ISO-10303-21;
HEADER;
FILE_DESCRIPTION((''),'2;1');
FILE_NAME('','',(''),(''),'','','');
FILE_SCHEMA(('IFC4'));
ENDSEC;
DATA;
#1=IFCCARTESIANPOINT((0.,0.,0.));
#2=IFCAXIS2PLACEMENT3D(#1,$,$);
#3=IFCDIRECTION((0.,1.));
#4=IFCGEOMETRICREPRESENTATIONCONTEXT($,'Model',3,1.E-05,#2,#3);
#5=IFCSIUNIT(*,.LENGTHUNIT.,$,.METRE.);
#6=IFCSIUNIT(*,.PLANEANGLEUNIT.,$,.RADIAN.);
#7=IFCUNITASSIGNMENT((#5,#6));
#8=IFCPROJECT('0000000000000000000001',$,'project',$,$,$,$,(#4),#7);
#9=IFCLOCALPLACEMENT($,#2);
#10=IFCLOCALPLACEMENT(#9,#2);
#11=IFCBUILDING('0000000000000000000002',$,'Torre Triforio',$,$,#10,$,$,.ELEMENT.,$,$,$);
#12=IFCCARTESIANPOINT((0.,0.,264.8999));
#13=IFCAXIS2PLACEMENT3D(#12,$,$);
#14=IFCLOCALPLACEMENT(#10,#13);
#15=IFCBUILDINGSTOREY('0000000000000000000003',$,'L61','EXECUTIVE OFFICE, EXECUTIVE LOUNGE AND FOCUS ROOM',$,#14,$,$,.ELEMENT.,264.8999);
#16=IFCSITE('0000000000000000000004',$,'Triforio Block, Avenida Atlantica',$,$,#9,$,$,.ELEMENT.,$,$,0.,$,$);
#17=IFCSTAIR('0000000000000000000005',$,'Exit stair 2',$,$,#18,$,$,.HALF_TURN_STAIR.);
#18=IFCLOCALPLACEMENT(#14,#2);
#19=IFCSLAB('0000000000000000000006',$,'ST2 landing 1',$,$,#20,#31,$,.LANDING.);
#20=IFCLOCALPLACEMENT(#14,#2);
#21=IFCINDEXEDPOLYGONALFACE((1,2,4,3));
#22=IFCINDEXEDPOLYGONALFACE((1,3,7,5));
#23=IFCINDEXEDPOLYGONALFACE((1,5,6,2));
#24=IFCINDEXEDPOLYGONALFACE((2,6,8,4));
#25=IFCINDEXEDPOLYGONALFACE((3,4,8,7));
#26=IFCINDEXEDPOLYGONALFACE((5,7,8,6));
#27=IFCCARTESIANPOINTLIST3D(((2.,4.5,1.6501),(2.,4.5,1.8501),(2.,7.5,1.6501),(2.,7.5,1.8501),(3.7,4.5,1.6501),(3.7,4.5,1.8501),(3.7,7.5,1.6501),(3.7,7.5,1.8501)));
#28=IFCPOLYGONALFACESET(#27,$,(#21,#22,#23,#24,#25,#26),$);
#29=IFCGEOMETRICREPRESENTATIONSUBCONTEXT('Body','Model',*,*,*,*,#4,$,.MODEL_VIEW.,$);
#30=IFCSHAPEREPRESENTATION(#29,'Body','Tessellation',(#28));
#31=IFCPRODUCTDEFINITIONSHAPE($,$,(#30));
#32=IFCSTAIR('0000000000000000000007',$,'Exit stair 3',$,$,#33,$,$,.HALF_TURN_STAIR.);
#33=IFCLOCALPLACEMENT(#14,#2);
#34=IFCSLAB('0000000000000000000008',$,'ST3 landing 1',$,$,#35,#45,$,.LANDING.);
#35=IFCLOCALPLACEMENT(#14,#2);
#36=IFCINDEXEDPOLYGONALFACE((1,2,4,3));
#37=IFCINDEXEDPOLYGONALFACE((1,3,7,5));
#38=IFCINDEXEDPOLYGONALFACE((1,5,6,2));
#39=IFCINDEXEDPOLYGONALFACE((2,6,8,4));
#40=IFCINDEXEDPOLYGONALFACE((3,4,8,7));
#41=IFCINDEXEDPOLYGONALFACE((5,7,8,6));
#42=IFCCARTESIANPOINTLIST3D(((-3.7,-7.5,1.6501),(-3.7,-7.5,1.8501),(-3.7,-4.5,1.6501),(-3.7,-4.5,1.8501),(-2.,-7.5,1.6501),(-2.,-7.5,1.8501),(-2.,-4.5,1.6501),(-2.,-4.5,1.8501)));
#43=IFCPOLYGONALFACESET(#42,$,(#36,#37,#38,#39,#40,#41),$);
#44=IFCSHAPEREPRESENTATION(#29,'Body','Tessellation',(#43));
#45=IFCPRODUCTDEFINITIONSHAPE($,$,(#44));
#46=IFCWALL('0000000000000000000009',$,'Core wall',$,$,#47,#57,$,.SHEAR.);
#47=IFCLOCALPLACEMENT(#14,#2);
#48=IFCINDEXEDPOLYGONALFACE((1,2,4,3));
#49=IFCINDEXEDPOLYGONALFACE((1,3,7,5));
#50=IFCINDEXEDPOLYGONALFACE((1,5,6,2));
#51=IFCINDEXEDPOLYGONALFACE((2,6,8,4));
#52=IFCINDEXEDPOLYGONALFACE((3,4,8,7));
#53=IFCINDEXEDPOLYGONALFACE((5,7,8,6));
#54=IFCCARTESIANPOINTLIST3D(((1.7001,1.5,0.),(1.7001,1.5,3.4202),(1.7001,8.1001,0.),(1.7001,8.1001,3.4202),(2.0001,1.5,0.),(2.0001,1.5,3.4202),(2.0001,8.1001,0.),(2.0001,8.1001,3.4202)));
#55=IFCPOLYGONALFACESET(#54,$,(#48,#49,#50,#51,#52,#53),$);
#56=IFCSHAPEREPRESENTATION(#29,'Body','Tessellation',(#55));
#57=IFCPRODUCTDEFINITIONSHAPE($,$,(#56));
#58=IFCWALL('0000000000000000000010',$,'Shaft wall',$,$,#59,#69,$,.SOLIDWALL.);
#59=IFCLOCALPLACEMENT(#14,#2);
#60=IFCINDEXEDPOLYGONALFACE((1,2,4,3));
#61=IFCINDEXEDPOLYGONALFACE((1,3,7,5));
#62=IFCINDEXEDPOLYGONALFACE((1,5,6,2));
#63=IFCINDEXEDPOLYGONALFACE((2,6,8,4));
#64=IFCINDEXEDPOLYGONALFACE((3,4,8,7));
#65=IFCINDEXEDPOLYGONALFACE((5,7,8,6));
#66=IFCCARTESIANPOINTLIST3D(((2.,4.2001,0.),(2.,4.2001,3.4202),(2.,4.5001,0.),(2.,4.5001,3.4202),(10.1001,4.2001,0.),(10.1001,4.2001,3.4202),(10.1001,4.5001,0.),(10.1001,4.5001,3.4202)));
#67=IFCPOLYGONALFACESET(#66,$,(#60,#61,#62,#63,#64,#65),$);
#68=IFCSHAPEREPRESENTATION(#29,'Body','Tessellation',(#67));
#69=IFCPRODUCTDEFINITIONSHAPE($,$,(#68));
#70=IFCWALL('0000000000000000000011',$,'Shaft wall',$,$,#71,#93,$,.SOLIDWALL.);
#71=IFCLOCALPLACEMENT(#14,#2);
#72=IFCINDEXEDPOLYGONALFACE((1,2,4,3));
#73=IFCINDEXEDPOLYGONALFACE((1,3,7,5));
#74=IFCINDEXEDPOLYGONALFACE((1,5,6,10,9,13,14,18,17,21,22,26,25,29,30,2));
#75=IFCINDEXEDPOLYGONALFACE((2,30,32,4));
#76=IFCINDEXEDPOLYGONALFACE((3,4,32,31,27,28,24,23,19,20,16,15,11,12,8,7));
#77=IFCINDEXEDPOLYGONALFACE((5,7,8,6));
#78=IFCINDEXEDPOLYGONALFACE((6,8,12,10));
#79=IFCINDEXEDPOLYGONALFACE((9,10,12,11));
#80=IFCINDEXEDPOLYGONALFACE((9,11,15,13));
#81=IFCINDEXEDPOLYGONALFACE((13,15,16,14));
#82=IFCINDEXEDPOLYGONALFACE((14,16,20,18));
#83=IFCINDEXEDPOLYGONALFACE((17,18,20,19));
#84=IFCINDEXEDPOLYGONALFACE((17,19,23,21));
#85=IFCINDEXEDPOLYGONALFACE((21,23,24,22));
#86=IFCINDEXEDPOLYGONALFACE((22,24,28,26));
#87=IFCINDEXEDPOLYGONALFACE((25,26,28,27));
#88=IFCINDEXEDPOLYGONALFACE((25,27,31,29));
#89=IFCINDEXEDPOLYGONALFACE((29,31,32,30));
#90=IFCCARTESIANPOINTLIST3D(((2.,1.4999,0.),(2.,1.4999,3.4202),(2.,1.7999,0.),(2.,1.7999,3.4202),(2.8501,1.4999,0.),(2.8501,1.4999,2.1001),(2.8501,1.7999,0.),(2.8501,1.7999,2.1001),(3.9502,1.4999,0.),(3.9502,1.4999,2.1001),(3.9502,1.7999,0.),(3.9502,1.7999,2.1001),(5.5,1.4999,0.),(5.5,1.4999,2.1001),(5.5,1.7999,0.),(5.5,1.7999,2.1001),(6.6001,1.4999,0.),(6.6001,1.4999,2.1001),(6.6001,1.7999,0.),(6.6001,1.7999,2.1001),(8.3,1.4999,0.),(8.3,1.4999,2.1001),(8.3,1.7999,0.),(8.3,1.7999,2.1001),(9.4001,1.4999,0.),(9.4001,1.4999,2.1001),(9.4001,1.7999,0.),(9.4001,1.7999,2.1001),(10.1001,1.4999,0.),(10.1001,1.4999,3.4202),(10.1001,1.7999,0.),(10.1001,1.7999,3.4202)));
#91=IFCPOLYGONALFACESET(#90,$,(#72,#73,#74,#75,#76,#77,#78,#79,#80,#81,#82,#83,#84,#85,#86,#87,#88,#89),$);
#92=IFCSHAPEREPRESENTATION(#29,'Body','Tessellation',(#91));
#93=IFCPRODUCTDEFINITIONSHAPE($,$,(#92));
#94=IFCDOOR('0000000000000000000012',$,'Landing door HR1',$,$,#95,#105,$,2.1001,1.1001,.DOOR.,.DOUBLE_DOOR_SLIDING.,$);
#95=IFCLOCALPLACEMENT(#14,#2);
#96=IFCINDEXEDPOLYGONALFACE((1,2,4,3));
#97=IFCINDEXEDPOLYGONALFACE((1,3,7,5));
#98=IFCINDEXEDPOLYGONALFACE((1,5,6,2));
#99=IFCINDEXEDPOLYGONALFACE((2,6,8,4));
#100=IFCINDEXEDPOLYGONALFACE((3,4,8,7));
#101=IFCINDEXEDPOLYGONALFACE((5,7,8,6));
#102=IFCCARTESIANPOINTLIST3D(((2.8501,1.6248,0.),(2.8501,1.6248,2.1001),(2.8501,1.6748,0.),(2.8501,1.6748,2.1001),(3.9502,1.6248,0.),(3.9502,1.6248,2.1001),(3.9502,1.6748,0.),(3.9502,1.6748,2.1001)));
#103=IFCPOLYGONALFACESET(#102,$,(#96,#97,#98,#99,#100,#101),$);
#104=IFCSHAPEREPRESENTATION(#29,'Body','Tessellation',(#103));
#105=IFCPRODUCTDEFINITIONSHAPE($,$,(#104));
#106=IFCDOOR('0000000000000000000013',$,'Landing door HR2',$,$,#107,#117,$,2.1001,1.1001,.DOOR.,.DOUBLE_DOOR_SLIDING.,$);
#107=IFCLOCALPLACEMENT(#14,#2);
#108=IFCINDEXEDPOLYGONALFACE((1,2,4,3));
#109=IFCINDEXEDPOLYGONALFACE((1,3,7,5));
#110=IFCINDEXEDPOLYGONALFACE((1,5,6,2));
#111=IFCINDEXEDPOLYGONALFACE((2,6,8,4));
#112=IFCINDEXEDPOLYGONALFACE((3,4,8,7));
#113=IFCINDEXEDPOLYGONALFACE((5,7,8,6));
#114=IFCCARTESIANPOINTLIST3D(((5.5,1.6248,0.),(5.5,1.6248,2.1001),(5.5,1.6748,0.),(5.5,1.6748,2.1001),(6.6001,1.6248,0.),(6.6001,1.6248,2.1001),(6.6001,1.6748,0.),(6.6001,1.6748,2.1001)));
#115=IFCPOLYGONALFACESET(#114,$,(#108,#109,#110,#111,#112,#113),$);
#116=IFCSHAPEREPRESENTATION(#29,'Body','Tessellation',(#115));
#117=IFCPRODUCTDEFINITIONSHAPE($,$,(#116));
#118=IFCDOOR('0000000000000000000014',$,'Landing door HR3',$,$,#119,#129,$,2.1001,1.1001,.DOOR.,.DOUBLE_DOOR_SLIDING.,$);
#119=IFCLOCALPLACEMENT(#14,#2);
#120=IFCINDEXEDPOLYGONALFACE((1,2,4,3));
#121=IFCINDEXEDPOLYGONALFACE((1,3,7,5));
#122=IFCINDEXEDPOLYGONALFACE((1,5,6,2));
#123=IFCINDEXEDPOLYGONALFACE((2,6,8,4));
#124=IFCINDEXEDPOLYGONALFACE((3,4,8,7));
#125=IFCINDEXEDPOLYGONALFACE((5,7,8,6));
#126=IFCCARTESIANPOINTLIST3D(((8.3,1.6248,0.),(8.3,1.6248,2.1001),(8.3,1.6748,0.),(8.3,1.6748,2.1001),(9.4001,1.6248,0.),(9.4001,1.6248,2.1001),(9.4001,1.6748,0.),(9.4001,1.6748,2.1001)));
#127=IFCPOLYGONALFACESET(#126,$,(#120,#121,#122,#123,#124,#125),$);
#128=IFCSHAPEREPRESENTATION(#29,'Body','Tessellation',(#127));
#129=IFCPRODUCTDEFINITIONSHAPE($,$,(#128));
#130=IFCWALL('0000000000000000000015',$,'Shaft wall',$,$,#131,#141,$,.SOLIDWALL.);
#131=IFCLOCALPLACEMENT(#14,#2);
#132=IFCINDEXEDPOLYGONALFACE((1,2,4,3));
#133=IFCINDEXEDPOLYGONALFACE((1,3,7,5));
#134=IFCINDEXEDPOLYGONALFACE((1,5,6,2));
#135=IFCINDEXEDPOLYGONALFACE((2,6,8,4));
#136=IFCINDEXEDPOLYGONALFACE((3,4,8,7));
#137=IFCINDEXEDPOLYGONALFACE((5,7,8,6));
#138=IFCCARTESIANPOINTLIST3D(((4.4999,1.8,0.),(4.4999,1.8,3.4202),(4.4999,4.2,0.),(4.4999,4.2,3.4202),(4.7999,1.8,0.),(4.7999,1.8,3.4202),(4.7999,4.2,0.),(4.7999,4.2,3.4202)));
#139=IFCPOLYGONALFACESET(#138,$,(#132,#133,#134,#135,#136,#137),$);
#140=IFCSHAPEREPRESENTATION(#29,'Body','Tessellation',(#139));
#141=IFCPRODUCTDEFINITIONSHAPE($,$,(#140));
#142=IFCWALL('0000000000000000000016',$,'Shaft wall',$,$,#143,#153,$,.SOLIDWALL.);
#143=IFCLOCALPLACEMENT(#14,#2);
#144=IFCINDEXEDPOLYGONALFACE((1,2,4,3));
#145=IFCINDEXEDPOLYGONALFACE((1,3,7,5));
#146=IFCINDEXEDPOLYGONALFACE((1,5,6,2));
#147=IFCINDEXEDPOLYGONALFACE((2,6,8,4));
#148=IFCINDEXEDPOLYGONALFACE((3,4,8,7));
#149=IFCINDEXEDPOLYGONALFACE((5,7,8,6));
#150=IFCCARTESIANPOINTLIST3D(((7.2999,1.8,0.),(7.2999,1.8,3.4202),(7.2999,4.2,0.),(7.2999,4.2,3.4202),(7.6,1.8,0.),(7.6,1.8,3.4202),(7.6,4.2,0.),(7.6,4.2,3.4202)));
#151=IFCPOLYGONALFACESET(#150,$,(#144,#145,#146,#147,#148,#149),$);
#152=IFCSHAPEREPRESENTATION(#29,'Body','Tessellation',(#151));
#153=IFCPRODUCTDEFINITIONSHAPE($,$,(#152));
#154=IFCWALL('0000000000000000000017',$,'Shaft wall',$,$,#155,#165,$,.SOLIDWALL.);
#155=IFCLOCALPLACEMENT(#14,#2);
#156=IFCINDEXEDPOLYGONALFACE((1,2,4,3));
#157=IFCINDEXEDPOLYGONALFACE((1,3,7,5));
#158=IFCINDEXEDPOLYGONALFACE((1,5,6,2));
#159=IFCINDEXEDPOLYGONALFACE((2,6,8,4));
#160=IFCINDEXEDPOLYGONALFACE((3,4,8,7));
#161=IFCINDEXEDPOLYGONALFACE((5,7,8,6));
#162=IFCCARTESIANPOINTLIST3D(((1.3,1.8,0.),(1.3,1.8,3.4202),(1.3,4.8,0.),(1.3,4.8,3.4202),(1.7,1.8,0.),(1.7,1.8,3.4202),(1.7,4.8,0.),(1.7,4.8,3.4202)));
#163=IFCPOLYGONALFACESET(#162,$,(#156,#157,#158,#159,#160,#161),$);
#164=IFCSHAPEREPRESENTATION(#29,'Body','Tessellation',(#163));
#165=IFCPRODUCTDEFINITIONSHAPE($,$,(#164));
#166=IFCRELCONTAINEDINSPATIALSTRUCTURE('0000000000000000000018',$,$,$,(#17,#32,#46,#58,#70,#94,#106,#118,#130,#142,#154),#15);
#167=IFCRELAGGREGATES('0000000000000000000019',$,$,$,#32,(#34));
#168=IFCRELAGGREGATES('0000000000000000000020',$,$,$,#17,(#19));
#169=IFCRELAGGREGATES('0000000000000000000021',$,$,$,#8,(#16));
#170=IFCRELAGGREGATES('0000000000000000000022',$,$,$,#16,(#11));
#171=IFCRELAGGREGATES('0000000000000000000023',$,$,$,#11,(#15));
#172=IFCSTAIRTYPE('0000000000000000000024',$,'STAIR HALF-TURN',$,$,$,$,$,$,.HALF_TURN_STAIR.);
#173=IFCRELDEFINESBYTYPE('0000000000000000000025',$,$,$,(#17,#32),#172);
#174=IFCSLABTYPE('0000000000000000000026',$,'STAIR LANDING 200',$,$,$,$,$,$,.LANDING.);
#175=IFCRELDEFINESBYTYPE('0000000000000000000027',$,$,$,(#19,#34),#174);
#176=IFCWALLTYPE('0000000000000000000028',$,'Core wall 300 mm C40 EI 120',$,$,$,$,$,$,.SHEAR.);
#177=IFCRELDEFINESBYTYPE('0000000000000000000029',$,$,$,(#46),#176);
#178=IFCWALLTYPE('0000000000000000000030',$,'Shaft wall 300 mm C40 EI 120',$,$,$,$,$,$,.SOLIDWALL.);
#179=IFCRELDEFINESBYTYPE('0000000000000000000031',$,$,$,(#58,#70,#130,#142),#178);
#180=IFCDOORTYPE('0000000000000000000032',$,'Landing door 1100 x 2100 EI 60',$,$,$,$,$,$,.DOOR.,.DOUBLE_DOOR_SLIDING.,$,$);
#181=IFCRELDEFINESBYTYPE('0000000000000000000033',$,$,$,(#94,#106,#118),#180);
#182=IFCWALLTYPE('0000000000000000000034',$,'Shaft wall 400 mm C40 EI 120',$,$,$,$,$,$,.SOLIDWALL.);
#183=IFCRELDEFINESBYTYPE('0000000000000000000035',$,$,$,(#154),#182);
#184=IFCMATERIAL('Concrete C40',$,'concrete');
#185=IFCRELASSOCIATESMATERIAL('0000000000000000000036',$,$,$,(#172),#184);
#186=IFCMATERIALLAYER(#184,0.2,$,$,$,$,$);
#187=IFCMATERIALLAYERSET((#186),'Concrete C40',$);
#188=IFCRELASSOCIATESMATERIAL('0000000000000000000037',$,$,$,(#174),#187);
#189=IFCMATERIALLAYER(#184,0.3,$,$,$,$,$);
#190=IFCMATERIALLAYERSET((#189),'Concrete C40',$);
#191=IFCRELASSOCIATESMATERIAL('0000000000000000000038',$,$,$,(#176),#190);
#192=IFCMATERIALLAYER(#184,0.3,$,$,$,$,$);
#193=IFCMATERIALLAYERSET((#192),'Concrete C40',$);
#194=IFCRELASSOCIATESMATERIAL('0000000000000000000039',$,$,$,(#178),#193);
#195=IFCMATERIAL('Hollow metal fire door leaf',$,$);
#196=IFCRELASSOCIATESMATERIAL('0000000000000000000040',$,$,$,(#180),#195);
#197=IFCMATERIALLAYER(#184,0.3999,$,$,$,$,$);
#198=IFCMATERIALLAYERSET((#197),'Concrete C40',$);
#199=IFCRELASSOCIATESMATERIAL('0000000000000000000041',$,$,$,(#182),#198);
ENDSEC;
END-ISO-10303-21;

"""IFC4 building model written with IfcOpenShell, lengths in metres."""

from ifc_helpers import new_model, si_unit, direction, frame, frame_2d, origin, place, context, subcontext, project, spatial, polyline, rectangle, outline, extrude, material, layer, layer_set, type_object, element, fill, aggregate, save


model = new_model("IFC4")

# Units and contexts
model_context = context("Model", 3, precision=1e-05, world=origin(), true_north=direction((0.0, 1.0)))
body_context = subcontext(model_context, "Body", "Model", "MODEL_VIEW")
ifc_project = project(units=[si_unit("LENGTHUNIT", "METRE"), si_unit("PLANEANGLEUNIT", "RADIAN")], contexts=[model_context])

# Site, building, storey
site_placement = place(None, origin())
site = spatial("IfcSite", under=ifc_project, at=site_placement, Name="Triforio Block, Avenida Atlantica", CompositionType="ELEMENT", RefElevation=0.0)
building_placement = place(site_placement, origin())
building = spatial("IfcBuilding", under=site, at=building_placement, Name="Torre Triforio", CompositionType="ELEMENT")
storey_placement = place(building_placement, frame((0.0, 0.0, 264.8999)))
storey = spatial("IfcBuildingStorey", under=building, at=storey_placement, Name="L61", Description="EXECUTIVE OFFICE, EXECUTIVE LOUNGE AND FOCUS ROOM", CompositionType="ELEMENT", Elevation=264.8999)

# Stairs, slabs
ifc_material_1 = material(Name="Concrete C40", Category="concrete")
stair_type = type_object("IfcStairType", Name="STAIR HALF-TURN", PredefinedType="HALF_TURN_STAIR", material=ifc_material_1)
stair_1_placement = place(storey_placement, origin())
stair_1 = element("IfcStair", 1, at=stair_1_placement, inside=storey, type_object=stair_type, Name="Exit stair 2", PredefinedType="HALF_TURN_STAIR")
ifc_layer_1 = layer(ifc_material_1, 0.2)
ifc_layer_set_1 = layer_set([ifc_layer_1], Name="Concrete C40")
slab_type = type_object("IfcSlabType", Name="STAIR LANDING 200", PredefinedType="LANDING", material=ifc_layer_set_1)
slab_1_placement = place(storey_placement, frame((0.0, 0.0, 1.6501)))
slab_1 = element("IfcSlab", 2, at=slab_1_placement, type_object=slab_type, Name="ST2 landing 1", PredefinedType="LANDING", context=body_context, shape_type="SweptSolid", body=[
    extrude(outline(polyline([(3.7, 4.5), (3.7, 7.5), (2.0, 7.5), (2.0, 4.5), (3.7, 4.5)])), origin(), (0.0, 0.0, 1.0), 0.2),
])
stair_2_placement = place(storey_placement, origin())
stair_2 = element("IfcStair", 3, at=stair_2_placement, inside=storey, type_object=stair_type, Name="Exit stair 3", PredefinedType="HALF_TURN_STAIR")
slab_2_placement = place(storey_placement, frame((0.0, 0.0, 1.6501)))
slab_2 = element("IfcSlab", 4, at=slab_2_placement, type_object=slab_type, Name="ST3 landing 1", PredefinedType="LANDING", context=body_context, shape_type="SweptSolid", body=[
    extrude(outline(polyline([(-2.0, -7.5), (-2.0, -4.5), (-3.7, -4.5), (-3.7, -7.5), (-2.0, -7.5)])), origin(), (0.0, 0.0, 1.0), 0.2),
])
aggregate(stair_2, [slab_2])

# Walls
ifc_layer_2 = layer(ifc_material_1, 0.3)
ifc_layer_set_2 = layer_set([ifc_layer_2], Name="Concrete C40")
wall_type_1 = type_object("IfcWallType", Name="Core wall 300 mm C40 EI 120", PredefinedType="SHEAR", material=ifc_layer_set_2)
wall_1_placement = place(storey_placement, frame((1.8501, 1.5, 0.0), z_axis=(0.0, 0.0, 1.0), x_axis=(0.0, 1.0, 0.0)))
element("IfcWall", 5, at=wall_1_placement, inside=storey, type_object=wall_type_1, Name="Core wall", PredefinedType="SHEAR", context=body_context, shape_type="SweptSolid", body=[
    extrude(rectangle(XDim=6.6001, YDim=0.3, at=frame_2d((3.3, 0.0))), origin(), (0.0, 0.0, 1.0), 3.4202),
])
ifc_layer_3 = layer(ifc_material_1, 0.3)
ifc_layer_set_3 = layer_set([ifc_layer_3], Name="Concrete C40")
wall_type_2 = type_object("IfcWallType", Name="Shaft wall 300 mm C40 EI 120", PredefinedType="SOLIDWALL", material=ifc_layer_set_3)
wall_2_placement = place(storey_placement, frame((2.0, 4.3501, 0.0), z_axis=(0.0, 0.0, 1.0), x_axis=(1.0, 0.0, 0.0)))
element("IfcWall", 6, at=wall_2_placement, inside=storey, type_object=wall_type_2, Name="Shaft wall", PredefinedType="SOLIDWALL", context=body_context, shape_type="SweptSolid", body=[
    extrude(rectangle(XDim=8.1001, YDim=0.3, at=frame_2d((4.05, 0.0))), origin(), (0.0, 0.0, 1.0), 3.4202),
])

# Wall, openings, doors
wall_3_placement = place(storey_placement, frame((2.0, 1.6499, 0.0), z_axis=(0.0, 0.0, 1.0), x_axis=(1.0, 0.0, 0.0)))
wall_3 = element("IfcWall", 7, at=wall_3_placement, inside=storey, type_object=wall_type_2, Name="Shaft wall", PredefinedType="SOLIDWALL", context=body_context, shape_type="SweptSolid", body=[
    extrude(rectangle(XDim=8.1001, YDim=0.3, at=frame_2d((4.05, 0.0))), origin(), (0.0, 0.0, 1.0), 3.4202),
])
opening_1_placement = place(wall_3_placement, frame((0.8501, 0.0, 0.0)))
opening_1 = element("IfcOpeningElement", 8, at=opening_1_placement, cuts=wall_3, PredefinedType="OPENING", context=body_context, shape_type="SweptSolid", body=[
    extrude(rectangle(XDim=1.1001, YDim=2.1001, at=frame_2d((0.55, 1.05))), frame((0.0, 0.1599, 0.0), z_axis=(0.0, -1.0, 0.0), x_axis=(1.0, 0.0, 0.0)), (0.0, 0.0, 1.0), 0.3201),
])
opening_2_placement = place(wall_3_placement, frame((3.5, 0.0, 0.0)))
opening_2 = element("IfcOpeningElement", 9, at=opening_2_placement, cuts=wall_3, PredefinedType="OPENING", context=body_context, shape_type="SweptSolid", body=[
    extrude(rectangle(XDim=1.1001, YDim=2.1001, at=frame_2d((0.55, 1.05))), frame((0.0, 0.1599, 0.0), z_axis=(0.0, -1.0, 0.0), x_axis=(1.0, 0.0, 0.0)), (0.0, 0.0, 1.0), 0.3201),
])
opening_3_placement = place(wall_3_placement, frame((6.3, 0.0, 0.0)))
opening_3 = element("IfcOpeningElement", 10, at=opening_3_placement, cuts=wall_3, PredefinedType="OPENING", context=body_context, shape_type="SweptSolid", body=[
    extrude(rectangle(XDim=1.1001, YDim=2.1001, at=frame_2d((0.55, 1.05))), frame((0.0, 0.1599, 0.0), z_axis=(0.0, -1.0, 0.0), x_axis=(1.0, 0.0, 0.0)), (0.0, 0.0, 1.0), 0.3201),
])
ifc_material_2 = material(Name="Hollow metal fire door leaf")
door_type_1 = type_object("IfcDoorType", Name="Landing door 1100 x 2100 EI 60", OperationType="DOUBLE_DOOR_SLIDING", PredefinedType="DOOR", material=ifc_material_2)
door_1_placement = place(opening_1_placement, origin())
door_1 = element("IfcDoor", 11, at=door_1_placement, inside=storey, type_object=door_type_1, Name="Landing door HR1", OperationType="DOUBLE_DOOR_SLIDING", OverallHeight=2.1001, OverallWidth=1.1001, PredefinedType="DOOR", context=body_context, shape_type="SweptSolid", body=[
    extrude(rectangle(XDim=1.1001, YDim=2.1001, at=frame_2d((0.55, 1.05))), frame((0.0, 0.0249, 0.0), z_axis=(0.0, -1.0, 0.0), x_axis=(1.0, 0.0, 0.0)), (0.0, 0.0, 1.0), 0.05),
])
fill(opening_1, door_1)
door_2_placement = place(opening_2_placement, origin())
door_2 = element("IfcDoor", 12, at=door_2_placement, inside=storey, type_object=door_type_1, Name="Landing door HR2", OperationType="DOUBLE_DOOR_SLIDING", OverallHeight=2.1001, OverallWidth=1.1001, PredefinedType="DOOR", context=body_context, shape_type="SweptSolid", body=[
    extrude(rectangle(XDim=1.1001, YDim=2.1001, at=frame_2d((0.55, 1.05))), frame((0.0, 0.0249, 0.0), z_axis=(0.0, -1.0, 0.0), x_axis=(1.0, 0.0, 0.0)), (0.0, 0.0, 1.0), 0.05),
])
fill(opening_2, door_2)
door_3_placement = place(opening_3_placement, origin())
door_3 = element("IfcDoor", 13, at=door_3_placement, inside=storey, type_object=door_type_1, Name="Landing door HR3", OperationType="DOUBLE_DOOR_SLIDING", OverallHeight=2.1001, OverallWidth=1.1001, PredefinedType="DOOR", context=body_context, shape_type="SweptSolid", body=[
    extrude(rectangle(XDim=1.1001, YDim=2.1001, at=frame_2d((0.55, 1.05))), frame((0.0, 0.0249, 0.0), z_axis=(0.0, -1.0, 0.0), x_axis=(1.0, 0.0, 0.0)), (0.0, 0.0, 1.0), 0.05),
])
fill(opening_3, door_3)

# Walls
for number, where, z_axis, x_axis, name in (
    (14, (4.6499, 1.8, 0.0), (0.0, 0.0, 1.0), (0.0, 1.0, 0.0), "Shaft wall"),
    (15, (7.45, 1.8, 0.0), (0.0, 0.0, 1.0), (0.0, 1.0, 0.0), "Shaft wall"),
):
    element("IfcWall", number, at=place(storey_placement, frame(where, z_axis=z_axis, x_axis=x_axis)), inside=storey, type_object=wall_type_2, Name=name, PredefinedType="SOLIDWALL", context=body_context, shape_type="SweptSolid", body=[
        extrude(rectangle(XDim=2.3999, YDim=0.3, at=frame_2d((1.2, 0.0))), origin(), (0.0, 0.0, 1.0), 3.4202),
    ])
ifc_layer_4 = layer(ifc_material_1, 0.3999)
ifc_layer_set_4 = layer_set([ifc_layer_4], Name="Concrete C40")
wall_type_3 = type_object("IfcWallType", Name="Shaft wall 400 mm C40 EI 120", PredefinedType="SOLIDWALL", material=ifc_layer_set_4)
wall_4_placement = place(storey_placement, frame((1.5, 1.8, 0.0), z_axis=(0.0, 0.0, 1.0), x_axis=(0.0, 1.0, 0.0)))
element("IfcWall", 16, at=wall_4_placement, inside=storey, type_object=wall_type_3, Name="Shaft wall", PredefinedType="SOLIDWALL", context=body_context, shape_type="SweptSolid", body=[
    extrude(rectangle(XDim=3.0, YDim=0.3999, at=frame_2d((1.5, 0.0))), origin(), (0.0, 0.0, 1.0), 3.4202),
])

aggregate(stair_1, [slab_1])

save(model, "model.ifc")
